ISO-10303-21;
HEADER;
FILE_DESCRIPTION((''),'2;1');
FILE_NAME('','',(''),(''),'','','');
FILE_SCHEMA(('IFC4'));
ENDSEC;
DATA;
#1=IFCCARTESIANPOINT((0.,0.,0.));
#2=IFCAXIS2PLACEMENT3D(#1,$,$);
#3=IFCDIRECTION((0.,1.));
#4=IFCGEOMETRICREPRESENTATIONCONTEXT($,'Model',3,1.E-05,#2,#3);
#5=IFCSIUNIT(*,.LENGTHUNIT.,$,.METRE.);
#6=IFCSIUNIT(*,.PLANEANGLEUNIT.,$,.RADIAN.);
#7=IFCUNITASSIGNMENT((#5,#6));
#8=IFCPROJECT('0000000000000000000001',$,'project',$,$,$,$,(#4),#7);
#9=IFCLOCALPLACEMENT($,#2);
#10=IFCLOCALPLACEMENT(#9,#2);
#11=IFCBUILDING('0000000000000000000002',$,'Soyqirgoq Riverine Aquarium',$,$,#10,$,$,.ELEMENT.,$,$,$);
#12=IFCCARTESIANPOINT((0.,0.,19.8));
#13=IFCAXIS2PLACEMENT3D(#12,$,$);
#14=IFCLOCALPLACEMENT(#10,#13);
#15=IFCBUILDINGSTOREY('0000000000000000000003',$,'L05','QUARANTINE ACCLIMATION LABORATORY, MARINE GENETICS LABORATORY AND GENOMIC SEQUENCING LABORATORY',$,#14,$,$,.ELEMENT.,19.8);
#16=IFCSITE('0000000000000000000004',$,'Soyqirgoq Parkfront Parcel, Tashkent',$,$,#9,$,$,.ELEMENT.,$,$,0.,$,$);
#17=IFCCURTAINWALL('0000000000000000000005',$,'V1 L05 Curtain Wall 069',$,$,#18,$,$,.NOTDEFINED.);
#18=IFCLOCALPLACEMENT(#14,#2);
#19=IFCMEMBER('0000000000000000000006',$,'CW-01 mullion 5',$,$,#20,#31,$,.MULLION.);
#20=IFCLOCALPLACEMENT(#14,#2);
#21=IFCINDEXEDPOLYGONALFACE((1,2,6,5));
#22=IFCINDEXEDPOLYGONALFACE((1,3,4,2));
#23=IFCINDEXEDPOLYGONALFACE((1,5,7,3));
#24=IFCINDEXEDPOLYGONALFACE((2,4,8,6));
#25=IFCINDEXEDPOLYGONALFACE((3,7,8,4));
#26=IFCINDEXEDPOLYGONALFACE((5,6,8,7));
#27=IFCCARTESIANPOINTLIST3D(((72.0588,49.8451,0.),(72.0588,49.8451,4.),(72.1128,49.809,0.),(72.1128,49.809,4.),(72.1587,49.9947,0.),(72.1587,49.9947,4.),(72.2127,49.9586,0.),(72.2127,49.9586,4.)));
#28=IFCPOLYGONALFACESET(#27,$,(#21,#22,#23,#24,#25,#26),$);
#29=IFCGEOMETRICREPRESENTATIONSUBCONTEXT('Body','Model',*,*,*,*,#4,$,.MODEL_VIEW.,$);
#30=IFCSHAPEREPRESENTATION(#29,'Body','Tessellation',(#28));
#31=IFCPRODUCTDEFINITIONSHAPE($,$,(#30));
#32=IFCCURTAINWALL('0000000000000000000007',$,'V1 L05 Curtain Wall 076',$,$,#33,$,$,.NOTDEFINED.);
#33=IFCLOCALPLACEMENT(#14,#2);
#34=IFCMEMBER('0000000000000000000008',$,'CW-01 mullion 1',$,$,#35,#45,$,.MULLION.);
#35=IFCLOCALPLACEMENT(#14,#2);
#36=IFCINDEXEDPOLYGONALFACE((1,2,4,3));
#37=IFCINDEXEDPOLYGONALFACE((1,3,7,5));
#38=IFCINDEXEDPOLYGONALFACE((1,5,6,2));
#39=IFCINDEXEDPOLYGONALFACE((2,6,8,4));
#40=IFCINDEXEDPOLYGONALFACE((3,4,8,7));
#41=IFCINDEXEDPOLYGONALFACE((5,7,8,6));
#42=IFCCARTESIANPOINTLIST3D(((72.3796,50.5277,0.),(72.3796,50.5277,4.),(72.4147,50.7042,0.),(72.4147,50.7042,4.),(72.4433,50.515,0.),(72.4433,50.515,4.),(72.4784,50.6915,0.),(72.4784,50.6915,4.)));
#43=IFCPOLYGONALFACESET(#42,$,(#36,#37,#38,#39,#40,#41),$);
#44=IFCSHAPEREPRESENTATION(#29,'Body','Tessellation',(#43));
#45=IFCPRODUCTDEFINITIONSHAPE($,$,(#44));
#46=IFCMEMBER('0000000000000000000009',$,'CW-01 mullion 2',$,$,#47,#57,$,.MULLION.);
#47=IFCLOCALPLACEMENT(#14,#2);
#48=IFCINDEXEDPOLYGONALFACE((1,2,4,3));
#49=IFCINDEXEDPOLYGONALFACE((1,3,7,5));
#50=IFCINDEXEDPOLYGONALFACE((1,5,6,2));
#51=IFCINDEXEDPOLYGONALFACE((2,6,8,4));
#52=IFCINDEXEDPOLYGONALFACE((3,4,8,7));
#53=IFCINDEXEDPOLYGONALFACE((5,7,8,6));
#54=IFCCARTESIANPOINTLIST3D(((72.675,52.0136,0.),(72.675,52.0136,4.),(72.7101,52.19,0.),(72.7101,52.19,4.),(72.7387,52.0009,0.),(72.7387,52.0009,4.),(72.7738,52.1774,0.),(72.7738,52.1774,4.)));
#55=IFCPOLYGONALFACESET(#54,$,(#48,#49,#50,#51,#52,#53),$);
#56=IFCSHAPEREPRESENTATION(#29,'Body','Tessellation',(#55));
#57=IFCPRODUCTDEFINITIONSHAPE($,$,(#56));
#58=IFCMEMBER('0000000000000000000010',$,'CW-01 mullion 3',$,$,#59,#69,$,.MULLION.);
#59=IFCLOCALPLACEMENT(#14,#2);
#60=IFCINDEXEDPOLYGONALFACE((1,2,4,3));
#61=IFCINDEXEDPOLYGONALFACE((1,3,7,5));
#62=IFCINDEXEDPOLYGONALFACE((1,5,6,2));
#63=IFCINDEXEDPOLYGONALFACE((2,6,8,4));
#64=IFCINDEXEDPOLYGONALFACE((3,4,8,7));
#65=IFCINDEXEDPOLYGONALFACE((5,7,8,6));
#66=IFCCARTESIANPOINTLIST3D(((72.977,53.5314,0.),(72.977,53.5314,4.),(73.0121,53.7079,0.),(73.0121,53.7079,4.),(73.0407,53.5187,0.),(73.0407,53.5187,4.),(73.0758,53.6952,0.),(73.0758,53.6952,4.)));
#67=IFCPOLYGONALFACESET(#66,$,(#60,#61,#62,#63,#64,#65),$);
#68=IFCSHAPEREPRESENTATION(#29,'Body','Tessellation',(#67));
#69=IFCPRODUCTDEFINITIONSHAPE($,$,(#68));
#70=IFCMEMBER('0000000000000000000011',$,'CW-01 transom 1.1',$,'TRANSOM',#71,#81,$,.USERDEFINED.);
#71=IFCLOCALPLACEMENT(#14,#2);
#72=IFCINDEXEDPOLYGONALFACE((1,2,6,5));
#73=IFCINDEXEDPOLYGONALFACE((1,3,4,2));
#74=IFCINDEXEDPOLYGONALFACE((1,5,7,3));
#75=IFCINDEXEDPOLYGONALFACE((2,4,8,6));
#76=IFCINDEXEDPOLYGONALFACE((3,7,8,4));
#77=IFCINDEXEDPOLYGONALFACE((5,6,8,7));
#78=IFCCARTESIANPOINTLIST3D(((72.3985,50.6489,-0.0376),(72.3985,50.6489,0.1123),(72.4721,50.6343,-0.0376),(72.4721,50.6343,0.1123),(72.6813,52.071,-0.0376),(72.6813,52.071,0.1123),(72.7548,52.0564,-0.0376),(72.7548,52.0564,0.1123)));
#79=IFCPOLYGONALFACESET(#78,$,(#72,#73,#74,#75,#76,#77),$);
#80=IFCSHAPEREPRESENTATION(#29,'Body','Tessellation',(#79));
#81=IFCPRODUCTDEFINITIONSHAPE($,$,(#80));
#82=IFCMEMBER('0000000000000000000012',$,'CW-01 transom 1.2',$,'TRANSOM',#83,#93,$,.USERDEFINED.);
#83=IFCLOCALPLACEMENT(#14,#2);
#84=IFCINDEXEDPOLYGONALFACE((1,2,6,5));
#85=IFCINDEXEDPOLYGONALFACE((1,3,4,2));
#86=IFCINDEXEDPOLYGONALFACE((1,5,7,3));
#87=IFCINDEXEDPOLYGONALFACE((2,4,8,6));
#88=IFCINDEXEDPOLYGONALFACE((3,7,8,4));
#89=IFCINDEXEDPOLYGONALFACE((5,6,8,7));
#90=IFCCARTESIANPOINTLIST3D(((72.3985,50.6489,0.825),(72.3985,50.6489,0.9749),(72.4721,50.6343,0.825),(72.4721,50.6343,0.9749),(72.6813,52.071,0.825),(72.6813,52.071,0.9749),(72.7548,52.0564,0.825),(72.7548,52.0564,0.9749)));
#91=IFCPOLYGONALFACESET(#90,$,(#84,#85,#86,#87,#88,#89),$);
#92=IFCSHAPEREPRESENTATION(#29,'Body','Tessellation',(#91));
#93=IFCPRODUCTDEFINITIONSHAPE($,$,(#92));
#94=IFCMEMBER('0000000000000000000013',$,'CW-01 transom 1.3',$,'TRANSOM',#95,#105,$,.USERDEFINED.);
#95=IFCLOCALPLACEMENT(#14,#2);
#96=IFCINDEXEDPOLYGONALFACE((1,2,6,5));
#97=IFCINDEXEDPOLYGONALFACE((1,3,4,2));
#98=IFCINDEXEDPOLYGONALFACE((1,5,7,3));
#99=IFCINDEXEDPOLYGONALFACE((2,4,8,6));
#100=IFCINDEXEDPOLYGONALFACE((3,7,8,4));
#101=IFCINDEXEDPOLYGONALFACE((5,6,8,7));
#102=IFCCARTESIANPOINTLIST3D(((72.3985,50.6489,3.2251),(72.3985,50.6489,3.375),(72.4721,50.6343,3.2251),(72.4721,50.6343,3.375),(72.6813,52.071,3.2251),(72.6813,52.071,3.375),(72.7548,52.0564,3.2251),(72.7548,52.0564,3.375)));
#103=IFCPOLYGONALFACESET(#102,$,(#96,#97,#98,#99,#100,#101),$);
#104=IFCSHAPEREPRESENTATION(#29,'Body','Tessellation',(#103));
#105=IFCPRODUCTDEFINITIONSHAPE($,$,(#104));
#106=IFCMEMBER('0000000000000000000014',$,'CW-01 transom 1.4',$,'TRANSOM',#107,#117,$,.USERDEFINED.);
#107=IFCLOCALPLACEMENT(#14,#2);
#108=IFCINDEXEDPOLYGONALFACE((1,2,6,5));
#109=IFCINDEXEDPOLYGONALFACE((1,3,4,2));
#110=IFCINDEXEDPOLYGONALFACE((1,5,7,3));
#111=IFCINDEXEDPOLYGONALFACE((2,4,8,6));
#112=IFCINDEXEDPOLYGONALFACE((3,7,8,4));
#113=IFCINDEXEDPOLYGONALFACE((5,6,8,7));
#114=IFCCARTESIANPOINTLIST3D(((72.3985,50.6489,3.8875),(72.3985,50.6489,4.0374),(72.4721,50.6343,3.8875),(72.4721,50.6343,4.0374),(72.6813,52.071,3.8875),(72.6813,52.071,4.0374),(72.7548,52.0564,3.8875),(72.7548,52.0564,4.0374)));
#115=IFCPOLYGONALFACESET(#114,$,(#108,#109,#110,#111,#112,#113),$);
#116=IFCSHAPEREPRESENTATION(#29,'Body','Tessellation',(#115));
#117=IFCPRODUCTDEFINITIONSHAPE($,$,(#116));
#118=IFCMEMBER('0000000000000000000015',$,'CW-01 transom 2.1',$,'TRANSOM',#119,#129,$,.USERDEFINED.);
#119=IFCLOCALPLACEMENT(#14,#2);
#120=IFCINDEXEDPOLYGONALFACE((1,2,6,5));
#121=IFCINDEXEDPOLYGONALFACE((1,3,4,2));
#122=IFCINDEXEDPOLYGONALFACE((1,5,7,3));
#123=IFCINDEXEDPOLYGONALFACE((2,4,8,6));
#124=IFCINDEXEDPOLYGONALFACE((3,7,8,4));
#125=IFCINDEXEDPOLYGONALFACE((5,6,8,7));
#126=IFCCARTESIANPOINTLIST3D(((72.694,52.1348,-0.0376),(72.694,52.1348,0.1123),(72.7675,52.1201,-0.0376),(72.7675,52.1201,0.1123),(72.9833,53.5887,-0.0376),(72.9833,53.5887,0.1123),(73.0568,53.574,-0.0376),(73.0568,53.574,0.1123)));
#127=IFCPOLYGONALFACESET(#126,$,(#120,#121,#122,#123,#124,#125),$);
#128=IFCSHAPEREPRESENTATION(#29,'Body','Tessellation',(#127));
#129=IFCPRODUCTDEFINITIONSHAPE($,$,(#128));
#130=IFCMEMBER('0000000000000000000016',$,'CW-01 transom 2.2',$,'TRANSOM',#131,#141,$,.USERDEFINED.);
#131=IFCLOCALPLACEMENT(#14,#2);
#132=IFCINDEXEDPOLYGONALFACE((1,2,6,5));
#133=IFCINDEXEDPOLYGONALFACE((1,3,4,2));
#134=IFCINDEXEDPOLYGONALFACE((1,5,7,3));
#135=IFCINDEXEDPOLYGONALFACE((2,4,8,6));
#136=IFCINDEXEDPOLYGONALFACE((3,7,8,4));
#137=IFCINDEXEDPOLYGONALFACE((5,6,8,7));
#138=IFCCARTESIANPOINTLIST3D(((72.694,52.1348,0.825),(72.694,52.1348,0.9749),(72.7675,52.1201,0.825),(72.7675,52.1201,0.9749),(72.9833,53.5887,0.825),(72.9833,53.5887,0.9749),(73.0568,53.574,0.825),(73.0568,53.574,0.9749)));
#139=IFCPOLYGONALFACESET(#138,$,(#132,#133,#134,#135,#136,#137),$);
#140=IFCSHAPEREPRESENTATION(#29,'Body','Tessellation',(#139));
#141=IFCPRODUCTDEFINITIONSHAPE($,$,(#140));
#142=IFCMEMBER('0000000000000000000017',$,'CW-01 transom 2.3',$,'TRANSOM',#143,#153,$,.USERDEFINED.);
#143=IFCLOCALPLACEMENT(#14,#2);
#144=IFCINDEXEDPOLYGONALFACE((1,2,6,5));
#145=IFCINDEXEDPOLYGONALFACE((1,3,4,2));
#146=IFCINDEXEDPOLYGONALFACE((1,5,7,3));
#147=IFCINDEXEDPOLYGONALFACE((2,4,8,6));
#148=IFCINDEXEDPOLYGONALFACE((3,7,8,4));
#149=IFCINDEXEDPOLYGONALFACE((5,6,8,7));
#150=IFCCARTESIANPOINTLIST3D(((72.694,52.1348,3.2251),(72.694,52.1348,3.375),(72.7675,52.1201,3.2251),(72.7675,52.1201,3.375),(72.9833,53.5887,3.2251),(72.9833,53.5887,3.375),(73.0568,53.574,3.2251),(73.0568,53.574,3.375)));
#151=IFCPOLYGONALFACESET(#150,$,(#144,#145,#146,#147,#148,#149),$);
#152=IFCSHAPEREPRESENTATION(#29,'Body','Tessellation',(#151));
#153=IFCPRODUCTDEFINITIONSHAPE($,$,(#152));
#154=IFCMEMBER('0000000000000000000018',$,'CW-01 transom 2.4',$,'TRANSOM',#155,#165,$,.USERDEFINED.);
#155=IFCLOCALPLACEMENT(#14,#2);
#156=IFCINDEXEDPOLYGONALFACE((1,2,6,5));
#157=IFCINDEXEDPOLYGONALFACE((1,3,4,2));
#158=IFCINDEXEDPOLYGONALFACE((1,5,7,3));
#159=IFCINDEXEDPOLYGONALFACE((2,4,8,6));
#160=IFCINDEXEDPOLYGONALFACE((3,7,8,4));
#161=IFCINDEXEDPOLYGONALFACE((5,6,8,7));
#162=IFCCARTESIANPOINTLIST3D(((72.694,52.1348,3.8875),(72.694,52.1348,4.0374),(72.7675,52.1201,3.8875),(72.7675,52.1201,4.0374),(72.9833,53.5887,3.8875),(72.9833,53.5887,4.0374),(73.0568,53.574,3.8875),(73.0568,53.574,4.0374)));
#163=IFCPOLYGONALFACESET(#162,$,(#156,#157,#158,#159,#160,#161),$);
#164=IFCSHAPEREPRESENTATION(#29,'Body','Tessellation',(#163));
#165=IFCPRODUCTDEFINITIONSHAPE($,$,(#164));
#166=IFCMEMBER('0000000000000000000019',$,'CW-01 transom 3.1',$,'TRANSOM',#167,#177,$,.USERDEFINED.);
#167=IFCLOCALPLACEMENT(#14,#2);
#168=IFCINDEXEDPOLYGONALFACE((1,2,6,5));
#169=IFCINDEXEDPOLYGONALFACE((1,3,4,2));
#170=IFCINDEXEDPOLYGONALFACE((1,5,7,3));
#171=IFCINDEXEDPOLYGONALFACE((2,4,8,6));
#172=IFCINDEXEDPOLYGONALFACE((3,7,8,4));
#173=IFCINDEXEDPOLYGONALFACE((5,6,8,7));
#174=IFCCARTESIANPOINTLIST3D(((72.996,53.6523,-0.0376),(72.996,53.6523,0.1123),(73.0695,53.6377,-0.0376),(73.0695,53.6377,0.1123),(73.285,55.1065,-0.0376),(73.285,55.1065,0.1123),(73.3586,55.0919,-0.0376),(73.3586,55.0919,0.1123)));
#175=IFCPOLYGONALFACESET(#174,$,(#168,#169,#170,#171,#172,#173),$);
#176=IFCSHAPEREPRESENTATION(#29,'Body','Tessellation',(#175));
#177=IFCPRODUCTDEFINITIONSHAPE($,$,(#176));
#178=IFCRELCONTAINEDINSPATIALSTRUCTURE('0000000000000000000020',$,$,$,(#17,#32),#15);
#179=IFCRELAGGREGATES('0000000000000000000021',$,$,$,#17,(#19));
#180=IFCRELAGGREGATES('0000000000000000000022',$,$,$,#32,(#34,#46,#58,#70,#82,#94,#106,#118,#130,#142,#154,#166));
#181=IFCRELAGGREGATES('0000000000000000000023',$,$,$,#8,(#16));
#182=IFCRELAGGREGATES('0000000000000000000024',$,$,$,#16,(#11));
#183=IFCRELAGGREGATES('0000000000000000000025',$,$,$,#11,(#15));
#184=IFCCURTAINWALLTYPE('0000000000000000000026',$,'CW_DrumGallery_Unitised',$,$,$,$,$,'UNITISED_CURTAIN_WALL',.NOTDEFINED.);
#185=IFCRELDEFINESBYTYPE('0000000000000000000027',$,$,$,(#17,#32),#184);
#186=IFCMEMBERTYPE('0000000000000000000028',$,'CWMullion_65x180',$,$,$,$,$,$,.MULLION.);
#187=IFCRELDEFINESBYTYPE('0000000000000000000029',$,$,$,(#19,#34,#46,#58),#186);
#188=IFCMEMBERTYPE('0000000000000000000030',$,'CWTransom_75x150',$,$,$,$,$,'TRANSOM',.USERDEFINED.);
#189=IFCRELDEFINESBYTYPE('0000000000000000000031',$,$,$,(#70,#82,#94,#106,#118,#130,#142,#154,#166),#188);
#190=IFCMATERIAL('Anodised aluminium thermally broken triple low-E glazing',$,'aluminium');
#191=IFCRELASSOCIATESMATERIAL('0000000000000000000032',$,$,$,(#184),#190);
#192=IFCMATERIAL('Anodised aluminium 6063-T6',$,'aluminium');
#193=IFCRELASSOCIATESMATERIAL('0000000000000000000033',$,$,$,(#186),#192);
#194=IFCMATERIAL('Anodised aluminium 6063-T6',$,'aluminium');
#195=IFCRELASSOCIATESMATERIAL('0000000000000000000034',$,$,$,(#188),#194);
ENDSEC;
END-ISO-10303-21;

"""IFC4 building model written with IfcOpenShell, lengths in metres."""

from ifc_helpers import new_model, si_unit, direction, frame, origin, origin_2d, place, context, subcontext, project, spatial, rectangle, extrude, material, material_profile, profile_set, type_object, element, aggregate, save


model = new_model("IFC4")

# Units and contexts
model_context = context("Model", 3, precision=1e-05, world=origin(), true_north=direction((0.0, 1.0)))
body_context = subcontext(model_context, "Body", "Model", "MODEL_VIEW")
ifc_project = project(units=[si_unit("LENGTHUNIT", "METRE"), si_unit("PLANEANGLEUNIT", "RADIAN")], contexts=[model_context])

# Site, building, storey
site_placement = place(None, origin())
site = spatial("IfcSite", under=ifc_project, at=site_placement, Name="Soyqirgoq Parkfront Parcel, Tashkent", CompositionType="ELEMENT", RefElevation=0.0)
building_placement = place(site_placement, origin())
building = spatial("IfcBuilding", under=site, at=building_placement, Name="Soyqirgoq Riverine Aquarium", CompositionType="ELEMENT")
storey_placement = place(building_placement, frame((0.0, 0.0, 19.8)))
storey = spatial("IfcBuildingStorey", under=building, at=storey_placement, Name="L05", Description="QUARANTINE ACCLIMATION LABORATORY, MARINE GENETICS LABORATORY AND GENOMIC SEQUENCING LABORATORY", CompositionType="ELEMENT", Elevation=19.8)

# Curtain wall, member
ifc_material_1 = material(Name="Anodised aluminium thermally broken triple low-E glazing", Category="aluminium")
curtain_wall_type = type_object("IfcCurtainWallType", Name="CW_DrumGallery_Unitised", ElementType="UNITISED_CURTAIN_WALL", PredefinedType="NOTDEFINED", material=ifc_material_1)
curtain_wall_1_placement = place(storey_placement, origin())
curtain_wall_1 = element("IfcCurtainWall", 1, at=curtain_wall_1_placement, inside=storey, type_object=curtain_wall_type, Name="V1 L05 Curtain Wall 069", PredefinedType="NOTDEFINED")
ifc_material_2 = material(Name="Anodised aluminium 6063-T6", Category="aluminium")
ifc_material_profile_1 = material_profile(ifc_material_2, rectangle(XDim=0.0649, YDim=0.1799, at=origin_2d()), Name="ALU-M 65x180")
ifc_profile_set_1 = profile_set([ifc_material_profile_1], Name="Anodised aluminium 6063-T6")
member_type_1 = type_object("IfcMemberType", Name="CWMullion_65x180", PredefinedType="MULLION", material=ifc_profile_set_1)
member_1_placement = place(storey_placement, frame((72.1357, 49.9019, 0.0), z_axis=(0.0, 0.0, 1.0), x_axis=(-0.831476, 0.555561, 0.0)))
member_1 = element("IfcMember", 2, at=member_1_placement, type_object=member_type_1, Name="CW-01 mullion 5", PredefinedType="MULLION", context=body_context, shape_type="SweptSolid", body=[
    extrude(rectangle(XDim=0.0649, YDim=0.1799, at=origin_2d()), origin(), (0.0, 0.0, 1.0), 4.0),
])

# Curtain wall, members
curtain_wall_2_placement = place(storey_placement, origin())
curtain_wall_2 = element("IfcCurtainWall", 3, at=curtain_wall_2_placement, inside=storey, type_object=curtain_wall_type, Name="V1 L05 Curtain Wall 076", PredefinedType="NOTDEFINED")
member_2_placement = place(storey_placement, frame((72.429, 50.6096, 0.0), z_axis=(0.0, 0.0, 1.0), x_axis=(-0.980788, 0.195078, 0.0)))
member_2 = element("IfcMember", 4, at=member_2_placement, type_object=member_type_1, Name="CW-01 mullion 1", PredefinedType="MULLION", context=body_context, shape_type="SweptSolid", body=[
    extrude(rectangle(XDim=0.0649, YDim=0.1799, at=origin_2d()), origin(), (0.0, 0.0, 1.0), 4.0),
])
member_3_placement = place(storey_placement, frame((72.7244, 52.0955, 0.0), z_axis=(0.0, 0.0, 1.0), x_axis=(-0.980788, 0.195078, 0.0)))
member_3 = element("IfcMember", 5, at=member_3_placement, type_object=member_type_1, Name="CW-01 mullion 2", PredefinedType="MULLION", context=body_context, shape_type="SweptSolid", body=[
    extrude(rectangle(XDim=0.0649, YDim=0.1799, at=origin_2d()), origin(), (0.0, 0.0, 1.0), 4.0),
])
member_4_placement = place(storey_placement, frame((73.0264, 53.6133, 0.0), z_axis=(0.0, 0.0, 1.0), x_axis=(-0.980788, 0.195078, 0.0)))
member_4 = element("IfcMember", 6, at=member_4_placement, type_object=member_type_1, Name="CW-01 mullion 3", PredefinedType="MULLION", context=body_context, shape_type="SweptSolid", body=[
    extrude(rectangle(XDim=0.0649, YDim=0.1799, at=origin_2d()), origin(), (0.0, 0.0, 1.0), 4.0),
])
ifc_material_3 = material(Name="Anodised aluminium 6063-T6", Category="aluminium")
ifc_material_profile_2 = material_profile(ifc_material_3, rectangle(XDim=0.075, YDim=0.1499, at=origin_2d()), Name="ALU-T 75x150")
ifc_profile_set_2 = profile_set([ifc_material_profile_2], Name="Anodised aluminium 6063-T6")
member_type_2 = type_object("IfcMemberType", Name="CWTransom_75x150", ElementType="TRANSOM", PredefinedType="USERDEFINED", material=ifc_profile_set_2)
member_5_placement = place(storey_placement, frame((72.4353, 50.6416, 0.0374), z_axis=(0.194983, 0.980807, 0.0), x_axis=(-0.980807, 0.194983, 0.0)))
member_5 = element("IfcMember", 7, at=member_5_placement, type_object=member_type_2, Name="CW-01 transom 1.1", ObjectType="TRANSOM", PredefinedType="USERDEFINED", context=body_context, shape_type="SweptSolid", body=[
    extrude(rectangle(XDim=0.075, YDim=0.1499, at=origin_2d()), origin(), (0.0, 0.0, 1.0), 1.45),
])
member_6_placement = place(storey_placement, frame((72.4353, 50.6416, 0.8999), z_axis=(0.194983, 0.980807, 0.0), x_axis=(-0.980807, 0.194983, 0.0)))
member_6 = element("IfcMember", 8, at=member_6_placement, type_object=member_type_2, Name="CW-01 transom 1.2", ObjectType="TRANSOM", PredefinedType="USERDEFINED", context=body_context, shape_type="SweptSolid", body=[
    extrude(rectangle(XDim=0.075, YDim=0.1499, at=origin_2d()), origin(), (0.0, 0.0, 1.0), 1.45),
])
member_7_placement = place(storey_placement, frame((72.4353, 50.6416, 3.3), z_axis=(0.194983, 0.980807, 0.0), x_axis=(-0.980807, 0.194983, 0.0)))
member_7 = element("IfcMember", 9, at=member_7_placement, type_object=member_type_2, Name="CW-01 transom 1.3", ObjectType="TRANSOM", PredefinedType="USERDEFINED", context=body_context, shape_type="SweptSolid", body=[
    extrude(rectangle(XDim=0.075, YDim=0.1499, at=origin_2d()), origin(), (0.0, 0.0, 1.0), 1.45),
])
member_8_placement = place(storey_placement, frame((72.4353, 50.6416, 3.9624), z_axis=(0.194983, 0.980807, 0.0), x_axis=(-0.980807, 0.194983, 0.0)))
member_8 = element("IfcMember", 10, at=member_8_placement, type_object=member_type_2, Name="CW-01 transom 1.4", ObjectType="TRANSOM", PredefinedType="USERDEFINED", context=body_context, shape_type="SweptSolid", body=[
    extrude(rectangle(XDim=0.075, YDim=0.1499, at=origin_2d()), origin(), (0.0, 0.0, 1.0), 1.45),
])
member_9_placement = place(storey_placement, frame((72.7307, 52.1274, 0.0374), z_axis=(0.195166, 0.98077, 0.0), x_axis=(-0.98077, 0.195166, 0.0)))
member_9 = element("IfcMember", 11, at=member_9_placement, type_object=member_type_2, Name="CW-01 transom 2.1", ObjectType="TRANSOM", PredefinedType="USERDEFINED", context=body_context, shape_type="SweptSolid", body=[
    extrude(rectangle(XDim=0.075, YDim=0.1499, at=origin_2d()), origin(), (0.0, 0.0, 1.0), 1.4824),
])
member_10_placement = place(storey_placement, frame((72.7307, 52.1274, 0.8999), z_axis=(0.195166, 0.98077, 0.0), x_axis=(-0.98077, 0.195166, 0.0)))
member_10 = element("IfcMember", 12, at=member_10_placement, type_object=member_type_2, Name="CW-01 transom 2.2", ObjectType="TRANSOM", PredefinedType="USERDEFINED", context=body_context, shape_type="SweptSolid", body=[
    extrude(rectangle(XDim=0.075, YDim=0.1499, at=origin_2d()), origin(), (0.0, 0.0, 1.0), 1.4824),
])
member_11_placement = place(storey_placement, frame((72.7307, 52.1274, 3.3), z_axis=(0.195166, 0.98077, 0.0), x_axis=(-0.98077, 0.195166, 0.0)))
member_11 = element("IfcMember", 13, at=member_11_placement, type_object=member_type_2, Name="CW-01 transom 2.3", ObjectType="TRANSOM", PredefinedType="USERDEFINED", context=body_context, shape_type="SweptSolid", body=[
    extrude(rectangle(XDim=0.075, YDim=0.1499, at=origin_2d()), origin(), (0.0, 0.0, 1.0), 1.4824),
])
member_12_placement = place(storey_placement, frame((72.7307, 52.1274, 3.9624), z_axis=(0.195166, 0.98077, 0.0), x_axis=(-0.98077, 0.195166, 0.0)))
member_12 = element("IfcMember", 14, at=member_12_placement, type_object=member_type_2, Name="CW-01 transom 2.4", ObjectType="TRANSOM", PredefinedType="USERDEFINED", context=body_context, shape_type="SweptSolid", body=[
    extrude(rectangle(XDim=0.075, YDim=0.1499, at=origin_2d()), origin(), (0.0, 0.0, 1.0), 1.4824),
])
member_13_placement = place(storey_placement, frame((73.0327, 53.645, 0.0374), z_axis=(0.194976, 0.980808, 0.0), x_axis=(-0.980808, 0.194976, 0.0)))
member_13 = element("IfcMember", 15, at=member_13_placement, type_object=member_type_2, Name="CW-01 transom 3.1", ObjectType="TRANSOM", PredefinedType="USERDEFINED", context=body_context, shape_type="SweptSolid", body=[
    extrude(rectangle(XDim=0.075, YDim=0.1499, at=origin_2d()), origin(), (0.0, 0.0, 1.0), 1.4827),
])

aggregate(curtain_wall_1, [member_1])
aggregate(curtain_wall_2, [member_2, member_3, member_4, member_5, member_6, member_7, member_8, member_9, member_10, member_11, member_12, member_13])

save(model, "model.ifc")
